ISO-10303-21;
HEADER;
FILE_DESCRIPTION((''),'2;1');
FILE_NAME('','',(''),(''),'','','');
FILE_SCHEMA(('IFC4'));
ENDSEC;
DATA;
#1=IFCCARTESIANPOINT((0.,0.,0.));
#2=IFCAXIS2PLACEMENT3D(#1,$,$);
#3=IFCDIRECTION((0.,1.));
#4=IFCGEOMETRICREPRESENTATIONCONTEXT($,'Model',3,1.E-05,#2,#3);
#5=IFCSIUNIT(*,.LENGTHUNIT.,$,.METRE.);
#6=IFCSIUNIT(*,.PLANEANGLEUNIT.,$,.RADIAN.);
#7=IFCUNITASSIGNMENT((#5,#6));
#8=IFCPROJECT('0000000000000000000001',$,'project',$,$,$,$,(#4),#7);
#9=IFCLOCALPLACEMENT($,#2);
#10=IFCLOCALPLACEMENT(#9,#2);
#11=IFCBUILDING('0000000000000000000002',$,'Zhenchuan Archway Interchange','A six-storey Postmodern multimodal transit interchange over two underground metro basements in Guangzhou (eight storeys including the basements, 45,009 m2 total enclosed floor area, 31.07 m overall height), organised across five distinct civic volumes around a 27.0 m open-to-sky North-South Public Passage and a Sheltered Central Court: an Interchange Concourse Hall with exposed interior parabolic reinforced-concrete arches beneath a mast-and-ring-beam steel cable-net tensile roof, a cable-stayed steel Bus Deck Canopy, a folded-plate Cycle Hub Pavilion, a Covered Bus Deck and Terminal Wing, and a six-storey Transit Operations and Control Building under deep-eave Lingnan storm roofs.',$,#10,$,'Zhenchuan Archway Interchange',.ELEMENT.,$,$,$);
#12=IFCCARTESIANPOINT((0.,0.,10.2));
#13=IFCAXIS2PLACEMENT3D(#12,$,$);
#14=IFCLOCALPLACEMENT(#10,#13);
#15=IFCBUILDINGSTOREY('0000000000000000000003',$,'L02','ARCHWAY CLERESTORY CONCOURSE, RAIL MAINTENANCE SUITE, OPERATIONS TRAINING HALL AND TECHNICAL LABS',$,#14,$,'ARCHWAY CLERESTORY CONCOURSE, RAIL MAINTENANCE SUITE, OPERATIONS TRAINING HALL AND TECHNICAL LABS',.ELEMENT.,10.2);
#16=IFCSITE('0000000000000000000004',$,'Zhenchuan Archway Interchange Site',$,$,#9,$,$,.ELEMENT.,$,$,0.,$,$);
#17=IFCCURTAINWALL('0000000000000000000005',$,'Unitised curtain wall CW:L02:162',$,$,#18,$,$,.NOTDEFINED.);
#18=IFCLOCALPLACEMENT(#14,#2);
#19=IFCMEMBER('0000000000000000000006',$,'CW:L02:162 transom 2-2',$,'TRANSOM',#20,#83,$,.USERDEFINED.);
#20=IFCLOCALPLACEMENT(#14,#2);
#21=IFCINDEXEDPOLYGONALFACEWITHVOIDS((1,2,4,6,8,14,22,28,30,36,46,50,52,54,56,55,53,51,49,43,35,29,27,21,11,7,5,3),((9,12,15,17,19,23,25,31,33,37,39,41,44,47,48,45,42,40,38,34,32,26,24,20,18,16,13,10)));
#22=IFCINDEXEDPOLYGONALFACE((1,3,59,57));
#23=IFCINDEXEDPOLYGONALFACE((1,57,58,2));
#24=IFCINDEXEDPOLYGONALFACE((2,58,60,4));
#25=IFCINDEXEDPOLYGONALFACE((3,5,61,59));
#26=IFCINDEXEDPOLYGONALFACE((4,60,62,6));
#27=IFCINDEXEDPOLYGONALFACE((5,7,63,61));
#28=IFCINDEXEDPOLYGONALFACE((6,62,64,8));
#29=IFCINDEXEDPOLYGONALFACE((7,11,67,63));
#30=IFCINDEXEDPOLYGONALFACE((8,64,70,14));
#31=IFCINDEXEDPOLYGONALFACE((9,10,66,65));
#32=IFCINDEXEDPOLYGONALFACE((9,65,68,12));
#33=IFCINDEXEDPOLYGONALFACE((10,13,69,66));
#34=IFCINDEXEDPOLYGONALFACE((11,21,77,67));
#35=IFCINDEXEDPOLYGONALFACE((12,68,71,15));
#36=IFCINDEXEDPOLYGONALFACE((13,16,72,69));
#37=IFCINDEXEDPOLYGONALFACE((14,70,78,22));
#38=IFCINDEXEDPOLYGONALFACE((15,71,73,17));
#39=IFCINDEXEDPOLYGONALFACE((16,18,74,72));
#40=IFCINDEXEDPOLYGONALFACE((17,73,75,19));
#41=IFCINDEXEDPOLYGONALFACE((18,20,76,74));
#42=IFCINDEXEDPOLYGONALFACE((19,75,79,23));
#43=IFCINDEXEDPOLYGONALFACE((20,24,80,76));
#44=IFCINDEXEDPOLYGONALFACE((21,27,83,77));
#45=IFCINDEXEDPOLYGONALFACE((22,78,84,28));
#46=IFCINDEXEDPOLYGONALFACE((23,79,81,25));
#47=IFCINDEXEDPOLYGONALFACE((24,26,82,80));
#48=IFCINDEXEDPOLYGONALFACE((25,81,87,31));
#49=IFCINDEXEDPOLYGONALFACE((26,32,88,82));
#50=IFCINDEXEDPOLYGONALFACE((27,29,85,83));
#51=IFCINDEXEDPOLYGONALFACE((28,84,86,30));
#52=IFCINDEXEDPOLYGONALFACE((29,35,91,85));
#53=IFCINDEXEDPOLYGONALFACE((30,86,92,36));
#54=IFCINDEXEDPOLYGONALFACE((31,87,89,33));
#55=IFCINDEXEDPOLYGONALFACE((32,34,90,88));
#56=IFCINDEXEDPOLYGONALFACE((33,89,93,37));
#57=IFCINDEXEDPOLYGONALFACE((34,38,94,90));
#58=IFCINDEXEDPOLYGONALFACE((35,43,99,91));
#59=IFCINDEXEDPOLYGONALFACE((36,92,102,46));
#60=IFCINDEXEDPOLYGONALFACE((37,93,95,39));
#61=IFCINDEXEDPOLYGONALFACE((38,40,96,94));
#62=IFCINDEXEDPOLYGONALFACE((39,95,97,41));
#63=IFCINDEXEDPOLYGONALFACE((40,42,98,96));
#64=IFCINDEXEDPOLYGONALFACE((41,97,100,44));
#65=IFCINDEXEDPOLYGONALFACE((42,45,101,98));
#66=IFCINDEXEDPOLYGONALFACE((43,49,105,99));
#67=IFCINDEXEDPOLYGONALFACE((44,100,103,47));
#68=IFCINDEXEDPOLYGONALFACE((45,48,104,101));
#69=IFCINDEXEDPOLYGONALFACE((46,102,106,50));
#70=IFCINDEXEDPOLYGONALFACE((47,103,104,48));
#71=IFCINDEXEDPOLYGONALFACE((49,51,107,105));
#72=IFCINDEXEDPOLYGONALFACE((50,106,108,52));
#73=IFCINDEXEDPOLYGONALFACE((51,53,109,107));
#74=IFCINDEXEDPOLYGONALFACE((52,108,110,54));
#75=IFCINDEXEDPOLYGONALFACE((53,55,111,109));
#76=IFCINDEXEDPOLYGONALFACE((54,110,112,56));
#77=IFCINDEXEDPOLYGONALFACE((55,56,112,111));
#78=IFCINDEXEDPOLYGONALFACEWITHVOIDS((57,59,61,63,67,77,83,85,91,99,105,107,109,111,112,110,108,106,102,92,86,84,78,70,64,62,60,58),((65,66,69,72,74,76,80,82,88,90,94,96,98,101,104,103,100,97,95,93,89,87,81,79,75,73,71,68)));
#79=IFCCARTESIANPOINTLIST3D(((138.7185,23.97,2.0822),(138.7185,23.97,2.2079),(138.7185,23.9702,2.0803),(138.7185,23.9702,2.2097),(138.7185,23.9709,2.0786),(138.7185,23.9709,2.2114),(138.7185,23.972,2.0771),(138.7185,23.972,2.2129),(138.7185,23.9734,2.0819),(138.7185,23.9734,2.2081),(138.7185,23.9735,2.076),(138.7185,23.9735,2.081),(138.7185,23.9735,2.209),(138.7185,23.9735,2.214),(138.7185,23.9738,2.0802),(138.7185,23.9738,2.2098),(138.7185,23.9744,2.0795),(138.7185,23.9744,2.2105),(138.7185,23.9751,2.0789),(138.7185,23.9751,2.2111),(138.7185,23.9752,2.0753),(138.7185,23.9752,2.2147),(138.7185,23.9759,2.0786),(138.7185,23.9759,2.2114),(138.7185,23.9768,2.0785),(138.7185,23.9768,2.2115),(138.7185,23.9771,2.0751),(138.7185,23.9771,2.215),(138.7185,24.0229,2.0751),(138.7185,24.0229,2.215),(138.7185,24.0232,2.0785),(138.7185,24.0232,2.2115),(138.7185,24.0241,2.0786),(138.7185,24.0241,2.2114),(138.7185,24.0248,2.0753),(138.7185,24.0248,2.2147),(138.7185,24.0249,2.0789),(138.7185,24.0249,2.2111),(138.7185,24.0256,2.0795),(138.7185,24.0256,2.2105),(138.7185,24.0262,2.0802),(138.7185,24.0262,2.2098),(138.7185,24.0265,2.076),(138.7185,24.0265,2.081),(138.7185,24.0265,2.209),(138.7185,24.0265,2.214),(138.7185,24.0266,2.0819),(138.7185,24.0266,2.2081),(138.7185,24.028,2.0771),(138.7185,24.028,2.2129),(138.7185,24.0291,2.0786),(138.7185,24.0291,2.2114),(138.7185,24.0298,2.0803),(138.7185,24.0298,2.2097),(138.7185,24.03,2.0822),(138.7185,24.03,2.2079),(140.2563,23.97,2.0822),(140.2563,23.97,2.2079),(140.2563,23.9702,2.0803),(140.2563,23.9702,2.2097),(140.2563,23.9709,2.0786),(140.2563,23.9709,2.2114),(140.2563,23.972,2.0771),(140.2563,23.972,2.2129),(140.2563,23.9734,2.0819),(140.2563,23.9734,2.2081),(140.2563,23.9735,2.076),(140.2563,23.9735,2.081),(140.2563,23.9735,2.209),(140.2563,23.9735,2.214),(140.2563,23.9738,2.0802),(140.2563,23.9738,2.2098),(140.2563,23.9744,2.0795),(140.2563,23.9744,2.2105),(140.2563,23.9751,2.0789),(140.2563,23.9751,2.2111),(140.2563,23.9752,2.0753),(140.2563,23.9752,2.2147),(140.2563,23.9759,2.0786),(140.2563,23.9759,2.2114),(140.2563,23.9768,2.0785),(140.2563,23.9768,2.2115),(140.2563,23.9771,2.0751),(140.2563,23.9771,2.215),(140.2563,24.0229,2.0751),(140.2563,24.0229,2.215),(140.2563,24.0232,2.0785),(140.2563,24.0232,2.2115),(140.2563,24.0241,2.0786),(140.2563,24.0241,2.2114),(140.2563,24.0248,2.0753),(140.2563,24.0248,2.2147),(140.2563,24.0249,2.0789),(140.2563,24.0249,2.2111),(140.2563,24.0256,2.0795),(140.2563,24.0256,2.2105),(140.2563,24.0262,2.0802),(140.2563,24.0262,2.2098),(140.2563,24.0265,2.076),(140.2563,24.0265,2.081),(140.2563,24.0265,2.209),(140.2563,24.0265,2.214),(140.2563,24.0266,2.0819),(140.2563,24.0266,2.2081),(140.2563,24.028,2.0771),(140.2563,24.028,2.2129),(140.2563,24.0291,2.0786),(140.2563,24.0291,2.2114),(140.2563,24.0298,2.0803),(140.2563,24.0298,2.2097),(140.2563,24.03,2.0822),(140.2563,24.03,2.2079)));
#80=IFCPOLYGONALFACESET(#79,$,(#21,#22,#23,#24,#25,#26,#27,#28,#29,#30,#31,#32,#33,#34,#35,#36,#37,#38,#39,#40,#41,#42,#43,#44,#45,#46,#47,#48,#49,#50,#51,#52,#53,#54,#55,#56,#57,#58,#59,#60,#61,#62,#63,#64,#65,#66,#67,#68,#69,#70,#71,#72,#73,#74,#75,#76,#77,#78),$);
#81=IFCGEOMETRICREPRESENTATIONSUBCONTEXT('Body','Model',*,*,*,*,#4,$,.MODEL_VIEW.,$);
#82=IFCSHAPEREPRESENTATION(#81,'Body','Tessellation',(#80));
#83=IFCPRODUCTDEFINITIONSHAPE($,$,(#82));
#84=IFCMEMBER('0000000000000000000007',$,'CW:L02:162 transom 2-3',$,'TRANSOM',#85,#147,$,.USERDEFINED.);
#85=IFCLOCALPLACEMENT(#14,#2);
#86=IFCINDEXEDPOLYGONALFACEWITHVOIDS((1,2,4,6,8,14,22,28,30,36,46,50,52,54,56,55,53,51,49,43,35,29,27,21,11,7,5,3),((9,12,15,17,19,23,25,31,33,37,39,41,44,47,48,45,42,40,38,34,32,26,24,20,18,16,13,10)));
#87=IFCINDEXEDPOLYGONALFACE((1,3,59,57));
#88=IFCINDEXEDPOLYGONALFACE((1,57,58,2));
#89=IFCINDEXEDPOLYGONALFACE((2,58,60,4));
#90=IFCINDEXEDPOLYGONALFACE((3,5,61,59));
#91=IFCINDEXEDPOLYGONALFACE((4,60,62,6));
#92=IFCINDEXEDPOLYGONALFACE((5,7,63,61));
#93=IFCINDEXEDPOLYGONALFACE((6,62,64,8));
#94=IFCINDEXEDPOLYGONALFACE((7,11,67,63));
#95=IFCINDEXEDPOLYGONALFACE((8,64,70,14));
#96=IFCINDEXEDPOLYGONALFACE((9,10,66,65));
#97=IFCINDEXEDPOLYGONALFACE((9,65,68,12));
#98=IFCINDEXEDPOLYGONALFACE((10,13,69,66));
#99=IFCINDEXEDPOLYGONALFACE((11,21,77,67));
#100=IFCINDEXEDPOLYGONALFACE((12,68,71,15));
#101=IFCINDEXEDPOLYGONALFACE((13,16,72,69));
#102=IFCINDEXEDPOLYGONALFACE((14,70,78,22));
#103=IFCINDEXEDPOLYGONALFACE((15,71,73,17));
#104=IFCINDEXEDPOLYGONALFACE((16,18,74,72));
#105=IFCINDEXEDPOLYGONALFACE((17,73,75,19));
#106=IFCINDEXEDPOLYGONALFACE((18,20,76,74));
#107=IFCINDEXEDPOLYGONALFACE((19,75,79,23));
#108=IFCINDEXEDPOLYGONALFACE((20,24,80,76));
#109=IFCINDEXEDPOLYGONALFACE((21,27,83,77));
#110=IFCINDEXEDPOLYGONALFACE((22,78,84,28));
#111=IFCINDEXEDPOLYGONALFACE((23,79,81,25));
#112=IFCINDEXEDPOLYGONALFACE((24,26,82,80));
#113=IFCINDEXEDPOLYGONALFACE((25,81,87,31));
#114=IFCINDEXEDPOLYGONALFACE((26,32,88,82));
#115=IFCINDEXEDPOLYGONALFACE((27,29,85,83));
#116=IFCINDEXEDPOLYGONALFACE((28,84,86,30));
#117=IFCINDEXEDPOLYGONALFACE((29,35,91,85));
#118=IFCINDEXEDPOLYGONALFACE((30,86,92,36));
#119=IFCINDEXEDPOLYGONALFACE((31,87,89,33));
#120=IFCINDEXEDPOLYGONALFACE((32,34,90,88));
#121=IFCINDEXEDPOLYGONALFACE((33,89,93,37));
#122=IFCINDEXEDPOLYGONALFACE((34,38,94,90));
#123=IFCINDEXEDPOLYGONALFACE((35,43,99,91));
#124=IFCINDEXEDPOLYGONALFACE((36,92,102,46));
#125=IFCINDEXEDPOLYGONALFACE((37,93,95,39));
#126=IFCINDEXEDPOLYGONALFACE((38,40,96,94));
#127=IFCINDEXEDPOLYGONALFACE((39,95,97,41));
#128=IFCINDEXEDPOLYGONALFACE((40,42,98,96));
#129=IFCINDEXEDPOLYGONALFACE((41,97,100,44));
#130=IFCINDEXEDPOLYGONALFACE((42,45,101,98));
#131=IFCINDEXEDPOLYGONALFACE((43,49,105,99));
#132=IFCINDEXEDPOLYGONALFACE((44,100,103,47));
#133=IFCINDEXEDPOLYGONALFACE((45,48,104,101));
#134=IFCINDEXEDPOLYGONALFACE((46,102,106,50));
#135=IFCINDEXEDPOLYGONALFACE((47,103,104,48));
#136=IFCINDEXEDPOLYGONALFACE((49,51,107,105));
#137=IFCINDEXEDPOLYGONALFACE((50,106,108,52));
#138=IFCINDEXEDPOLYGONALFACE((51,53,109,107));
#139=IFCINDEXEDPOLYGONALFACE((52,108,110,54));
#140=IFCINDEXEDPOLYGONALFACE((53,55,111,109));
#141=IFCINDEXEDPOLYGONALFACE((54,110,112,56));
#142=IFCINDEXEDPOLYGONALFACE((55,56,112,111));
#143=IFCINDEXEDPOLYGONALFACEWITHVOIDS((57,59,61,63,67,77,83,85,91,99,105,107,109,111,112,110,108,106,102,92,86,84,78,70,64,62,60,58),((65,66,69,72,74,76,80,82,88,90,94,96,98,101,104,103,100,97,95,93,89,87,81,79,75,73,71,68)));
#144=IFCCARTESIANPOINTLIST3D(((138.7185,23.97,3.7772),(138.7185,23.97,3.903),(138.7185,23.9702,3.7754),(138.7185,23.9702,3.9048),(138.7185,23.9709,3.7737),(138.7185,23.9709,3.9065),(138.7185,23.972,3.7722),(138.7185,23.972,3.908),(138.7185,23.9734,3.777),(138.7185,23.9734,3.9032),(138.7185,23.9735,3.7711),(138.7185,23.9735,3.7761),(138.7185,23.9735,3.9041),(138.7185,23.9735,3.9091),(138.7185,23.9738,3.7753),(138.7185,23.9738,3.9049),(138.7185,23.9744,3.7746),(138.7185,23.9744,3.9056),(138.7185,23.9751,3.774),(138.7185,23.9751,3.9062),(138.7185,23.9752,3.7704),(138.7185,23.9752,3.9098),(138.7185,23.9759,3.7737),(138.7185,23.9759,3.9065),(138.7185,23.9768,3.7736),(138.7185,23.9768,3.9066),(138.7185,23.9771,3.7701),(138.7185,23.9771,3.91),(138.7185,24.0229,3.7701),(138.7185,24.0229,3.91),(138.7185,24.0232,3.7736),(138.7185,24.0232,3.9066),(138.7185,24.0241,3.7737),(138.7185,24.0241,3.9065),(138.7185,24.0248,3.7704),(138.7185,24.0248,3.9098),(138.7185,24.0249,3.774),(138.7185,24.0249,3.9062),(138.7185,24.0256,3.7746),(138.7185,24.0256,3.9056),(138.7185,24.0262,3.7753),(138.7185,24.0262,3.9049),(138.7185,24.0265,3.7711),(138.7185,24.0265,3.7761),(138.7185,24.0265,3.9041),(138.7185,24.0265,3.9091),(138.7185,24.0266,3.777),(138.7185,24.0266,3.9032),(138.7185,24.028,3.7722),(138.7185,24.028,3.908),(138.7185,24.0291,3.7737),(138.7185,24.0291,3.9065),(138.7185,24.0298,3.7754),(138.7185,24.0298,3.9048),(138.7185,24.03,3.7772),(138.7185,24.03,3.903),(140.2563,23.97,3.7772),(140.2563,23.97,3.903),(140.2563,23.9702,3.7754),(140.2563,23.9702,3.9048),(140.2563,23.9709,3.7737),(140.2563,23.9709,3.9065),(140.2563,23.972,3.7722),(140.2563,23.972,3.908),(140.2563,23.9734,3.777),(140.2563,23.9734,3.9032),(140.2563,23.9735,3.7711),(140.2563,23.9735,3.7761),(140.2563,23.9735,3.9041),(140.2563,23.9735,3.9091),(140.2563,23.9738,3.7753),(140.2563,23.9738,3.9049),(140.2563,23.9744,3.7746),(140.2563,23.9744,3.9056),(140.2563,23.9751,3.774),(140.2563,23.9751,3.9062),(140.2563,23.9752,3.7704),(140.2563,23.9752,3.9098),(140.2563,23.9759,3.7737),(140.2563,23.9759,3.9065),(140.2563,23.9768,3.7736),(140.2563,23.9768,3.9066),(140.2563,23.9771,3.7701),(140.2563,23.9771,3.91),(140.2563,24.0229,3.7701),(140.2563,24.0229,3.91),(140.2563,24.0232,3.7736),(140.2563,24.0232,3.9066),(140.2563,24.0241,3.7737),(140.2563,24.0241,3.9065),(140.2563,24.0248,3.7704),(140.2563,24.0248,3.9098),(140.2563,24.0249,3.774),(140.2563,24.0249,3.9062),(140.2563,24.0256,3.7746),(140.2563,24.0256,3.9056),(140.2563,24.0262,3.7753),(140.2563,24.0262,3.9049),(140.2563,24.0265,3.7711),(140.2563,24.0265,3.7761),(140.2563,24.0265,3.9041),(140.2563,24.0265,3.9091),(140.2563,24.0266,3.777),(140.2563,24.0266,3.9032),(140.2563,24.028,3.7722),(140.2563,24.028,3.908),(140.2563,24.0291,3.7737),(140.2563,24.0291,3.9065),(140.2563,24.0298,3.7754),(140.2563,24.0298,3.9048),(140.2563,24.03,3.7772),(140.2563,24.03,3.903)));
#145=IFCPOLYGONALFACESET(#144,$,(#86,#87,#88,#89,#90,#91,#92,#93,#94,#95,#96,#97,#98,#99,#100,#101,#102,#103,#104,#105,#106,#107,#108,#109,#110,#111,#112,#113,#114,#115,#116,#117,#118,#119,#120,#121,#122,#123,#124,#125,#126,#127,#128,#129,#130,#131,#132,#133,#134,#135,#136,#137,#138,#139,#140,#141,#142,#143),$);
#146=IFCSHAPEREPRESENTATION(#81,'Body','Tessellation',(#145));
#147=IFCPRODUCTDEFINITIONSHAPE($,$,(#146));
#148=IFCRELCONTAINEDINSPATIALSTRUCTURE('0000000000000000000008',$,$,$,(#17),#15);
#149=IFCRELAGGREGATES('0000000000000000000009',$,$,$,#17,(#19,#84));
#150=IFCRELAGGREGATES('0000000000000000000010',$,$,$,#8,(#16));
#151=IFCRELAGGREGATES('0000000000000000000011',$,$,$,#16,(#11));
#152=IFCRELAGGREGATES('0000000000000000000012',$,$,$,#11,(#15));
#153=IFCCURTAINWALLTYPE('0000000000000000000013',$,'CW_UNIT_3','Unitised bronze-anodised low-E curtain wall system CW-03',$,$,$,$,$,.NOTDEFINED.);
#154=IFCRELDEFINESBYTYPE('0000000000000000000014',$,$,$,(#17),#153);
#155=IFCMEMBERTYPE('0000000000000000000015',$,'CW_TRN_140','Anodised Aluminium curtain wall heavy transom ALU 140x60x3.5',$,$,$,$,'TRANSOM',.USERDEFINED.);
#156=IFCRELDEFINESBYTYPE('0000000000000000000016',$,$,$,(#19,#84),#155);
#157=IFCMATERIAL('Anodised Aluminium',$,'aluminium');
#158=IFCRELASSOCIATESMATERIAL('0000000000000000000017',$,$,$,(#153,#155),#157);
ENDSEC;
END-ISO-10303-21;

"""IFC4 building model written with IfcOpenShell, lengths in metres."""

from ifc_helpers import new_model, si_unit, direction, frame, origin, origin_2d, place, context, subcontext, project, spatial, hollow_rectangle, extrude, material, material_profile, profile_set, type_object, element, aggregate, save


model = new_model("IFC4")

# Units and contexts
model_context = context("Model", 3, precision=1e-05, world=origin(), true_north=direction((0.0, 1.0)))
body_context = subcontext(model_context, "Body", "Model", "MODEL_VIEW")
ifc_project = project(units=[si_unit("LENGTHUNIT", "METRE"), si_unit("PLANEANGLEUNIT", "RADIAN")], contexts=[model_context])

# Site, building, storey
site_placement = place(None, origin())
site = spatial("IfcSite", under=ifc_project, at=site_placement, Name="Zhenchuan Archway Interchange Site", CompositionType="ELEMENT", RefElevation=0.0)
building_placement = place(site_placement, origin())
building = spatial("IfcBuilding", under=site, at=building_placement, Name="Zhenchuan Archway Interchange", Description="A six-storey Postmodern multimodal transit interchange over two underground metro basements in Guangzhou (eight storeys including the basements, 45,009 m2 total enclosed floor area, 31.07 m overall height), organised across five distinct civic volumes around a 27.0 m open-to-sky North-South Public Passage and a Sheltered Central Court: an Interchange Concourse Hall with exposed interior parabolic reinforced-concrete arches beneath a mast-and-ring-beam steel cable-net tensile roof, a cable-stayed steel Bus Deck Canopy, a folded-plate Cycle Hub Pavilion, a Covered Bus Deck and Terminal Wing, and a six-storey Transit Operations and Control Building under deep-eave Lingnan storm roofs.", LongName="Zhenchuan Archway Interchange", CompositionType="ELEMENT")
storey_placement = place(building_placement, frame((0.0, 0.0, 10.2)))
storey = spatial("IfcBuildingStorey", under=building, at=storey_placement, Name="L02", Description="ARCHWAY CLERESTORY CONCOURSE, RAIL MAINTENANCE SUITE, OPERATIONS TRAINING HALL AND TECHNICAL LABS", LongName="ARCHWAY CLERESTORY CONCOURSE, RAIL MAINTENANCE SUITE, OPERATIONS TRAINING HALL AND TECHNICAL LABS", CompositionType="ELEMENT", Elevation=10.2)

# Curtain wall, members
ifc_material_1 = material(Name="Anodised Aluminium", Category="aluminium")
curtain_wall_type = type_object("IfcCurtainWallType", Name="CW_UNIT_3", Description="Unitised bronze-anodised low-E curtain wall system CW-03", PredefinedType="NOTDEFINED", material=ifc_material_1)
curtain_wall_placement = place(storey_placement, origin())
curtain_wall = element("IfcCurtainWall", 1, at=curtain_wall_placement, inside=storey, type_object=curtain_wall_type, Name="Unitised curtain wall CW:L02:162", PredefinedType="NOTDEFINED")
ifc_material_profile_1 = material_profile(ifc_material_1, hollow_rectangle(XDim=0.0601, YDim=0.1399, WallThickness=0.0034, InnerFilletRadius=0.0034, OuterFilletRadius=0.0071, at=origin_2d()), Name="ALU 140x60x3.5")
ifc_profile_set_1 = profile_set([ifc_material_profile_1], Name="Anodised Aluminium")
member_type_1 = type_object("IfcMemberType", Name="CW_TRN_140", Description="Anodised Aluminium curtain wall heavy transom ALU 140x60x3.5", ElementType="TRANSOM", PredefinedType="USERDEFINED", material=ifc_profile_set_1)
member_1_placement = place(storey_placement, frame((138.7185, 24.0, 2.145), z_axis=(1.0, 0.0, 0.0), x_axis=(0.0, 1.0, 0.0)))
member_1 = element("IfcMember", 2, at=member_1_placement, type_object=member_type_1, Name="CW:L02:162 transom 2-2", ObjectType="TRANSOM", PredefinedType="USERDEFINED", context=body_context, shape_type="SweptSolid", body=[
    extrude(hollow_rectangle(XDim=0.0601, YDim=0.1399, WallThickness=0.0034, InnerFilletRadius=0.0034, OuterFilletRadius=0.0071, at=origin_2d()), origin(), (0.0, 0.0, 1.0), 1.5378),
])
member_2_placement = place(storey_placement, frame((138.7185, 24.0, 3.8401), z_axis=(1.0, 0.0, 0.0), x_axis=(0.0, 1.0, 0.0)))
member_2 = element("IfcMember", 3, at=member_2_placement, type_object=member_type_1, Name="CW:L02:162 transom 2-3", ObjectType="TRANSOM", PredefinedType="USERDEFINED", context=body_context, shape_type="SweptSolid", body=[
    extrude(hollow_rectangle(XDim=0.0601, YDim=0.1399, WallThickness=0.0034, InnerFilletRadius=0.0034, OuterFilletRadius=0.0071, at=origin_2d()), origin(), (0.0, 0.0, 1.0), 1.5378),
])
aggregate(curtain_wall, [member_1, member_2])

save(model, "model.ifc")
